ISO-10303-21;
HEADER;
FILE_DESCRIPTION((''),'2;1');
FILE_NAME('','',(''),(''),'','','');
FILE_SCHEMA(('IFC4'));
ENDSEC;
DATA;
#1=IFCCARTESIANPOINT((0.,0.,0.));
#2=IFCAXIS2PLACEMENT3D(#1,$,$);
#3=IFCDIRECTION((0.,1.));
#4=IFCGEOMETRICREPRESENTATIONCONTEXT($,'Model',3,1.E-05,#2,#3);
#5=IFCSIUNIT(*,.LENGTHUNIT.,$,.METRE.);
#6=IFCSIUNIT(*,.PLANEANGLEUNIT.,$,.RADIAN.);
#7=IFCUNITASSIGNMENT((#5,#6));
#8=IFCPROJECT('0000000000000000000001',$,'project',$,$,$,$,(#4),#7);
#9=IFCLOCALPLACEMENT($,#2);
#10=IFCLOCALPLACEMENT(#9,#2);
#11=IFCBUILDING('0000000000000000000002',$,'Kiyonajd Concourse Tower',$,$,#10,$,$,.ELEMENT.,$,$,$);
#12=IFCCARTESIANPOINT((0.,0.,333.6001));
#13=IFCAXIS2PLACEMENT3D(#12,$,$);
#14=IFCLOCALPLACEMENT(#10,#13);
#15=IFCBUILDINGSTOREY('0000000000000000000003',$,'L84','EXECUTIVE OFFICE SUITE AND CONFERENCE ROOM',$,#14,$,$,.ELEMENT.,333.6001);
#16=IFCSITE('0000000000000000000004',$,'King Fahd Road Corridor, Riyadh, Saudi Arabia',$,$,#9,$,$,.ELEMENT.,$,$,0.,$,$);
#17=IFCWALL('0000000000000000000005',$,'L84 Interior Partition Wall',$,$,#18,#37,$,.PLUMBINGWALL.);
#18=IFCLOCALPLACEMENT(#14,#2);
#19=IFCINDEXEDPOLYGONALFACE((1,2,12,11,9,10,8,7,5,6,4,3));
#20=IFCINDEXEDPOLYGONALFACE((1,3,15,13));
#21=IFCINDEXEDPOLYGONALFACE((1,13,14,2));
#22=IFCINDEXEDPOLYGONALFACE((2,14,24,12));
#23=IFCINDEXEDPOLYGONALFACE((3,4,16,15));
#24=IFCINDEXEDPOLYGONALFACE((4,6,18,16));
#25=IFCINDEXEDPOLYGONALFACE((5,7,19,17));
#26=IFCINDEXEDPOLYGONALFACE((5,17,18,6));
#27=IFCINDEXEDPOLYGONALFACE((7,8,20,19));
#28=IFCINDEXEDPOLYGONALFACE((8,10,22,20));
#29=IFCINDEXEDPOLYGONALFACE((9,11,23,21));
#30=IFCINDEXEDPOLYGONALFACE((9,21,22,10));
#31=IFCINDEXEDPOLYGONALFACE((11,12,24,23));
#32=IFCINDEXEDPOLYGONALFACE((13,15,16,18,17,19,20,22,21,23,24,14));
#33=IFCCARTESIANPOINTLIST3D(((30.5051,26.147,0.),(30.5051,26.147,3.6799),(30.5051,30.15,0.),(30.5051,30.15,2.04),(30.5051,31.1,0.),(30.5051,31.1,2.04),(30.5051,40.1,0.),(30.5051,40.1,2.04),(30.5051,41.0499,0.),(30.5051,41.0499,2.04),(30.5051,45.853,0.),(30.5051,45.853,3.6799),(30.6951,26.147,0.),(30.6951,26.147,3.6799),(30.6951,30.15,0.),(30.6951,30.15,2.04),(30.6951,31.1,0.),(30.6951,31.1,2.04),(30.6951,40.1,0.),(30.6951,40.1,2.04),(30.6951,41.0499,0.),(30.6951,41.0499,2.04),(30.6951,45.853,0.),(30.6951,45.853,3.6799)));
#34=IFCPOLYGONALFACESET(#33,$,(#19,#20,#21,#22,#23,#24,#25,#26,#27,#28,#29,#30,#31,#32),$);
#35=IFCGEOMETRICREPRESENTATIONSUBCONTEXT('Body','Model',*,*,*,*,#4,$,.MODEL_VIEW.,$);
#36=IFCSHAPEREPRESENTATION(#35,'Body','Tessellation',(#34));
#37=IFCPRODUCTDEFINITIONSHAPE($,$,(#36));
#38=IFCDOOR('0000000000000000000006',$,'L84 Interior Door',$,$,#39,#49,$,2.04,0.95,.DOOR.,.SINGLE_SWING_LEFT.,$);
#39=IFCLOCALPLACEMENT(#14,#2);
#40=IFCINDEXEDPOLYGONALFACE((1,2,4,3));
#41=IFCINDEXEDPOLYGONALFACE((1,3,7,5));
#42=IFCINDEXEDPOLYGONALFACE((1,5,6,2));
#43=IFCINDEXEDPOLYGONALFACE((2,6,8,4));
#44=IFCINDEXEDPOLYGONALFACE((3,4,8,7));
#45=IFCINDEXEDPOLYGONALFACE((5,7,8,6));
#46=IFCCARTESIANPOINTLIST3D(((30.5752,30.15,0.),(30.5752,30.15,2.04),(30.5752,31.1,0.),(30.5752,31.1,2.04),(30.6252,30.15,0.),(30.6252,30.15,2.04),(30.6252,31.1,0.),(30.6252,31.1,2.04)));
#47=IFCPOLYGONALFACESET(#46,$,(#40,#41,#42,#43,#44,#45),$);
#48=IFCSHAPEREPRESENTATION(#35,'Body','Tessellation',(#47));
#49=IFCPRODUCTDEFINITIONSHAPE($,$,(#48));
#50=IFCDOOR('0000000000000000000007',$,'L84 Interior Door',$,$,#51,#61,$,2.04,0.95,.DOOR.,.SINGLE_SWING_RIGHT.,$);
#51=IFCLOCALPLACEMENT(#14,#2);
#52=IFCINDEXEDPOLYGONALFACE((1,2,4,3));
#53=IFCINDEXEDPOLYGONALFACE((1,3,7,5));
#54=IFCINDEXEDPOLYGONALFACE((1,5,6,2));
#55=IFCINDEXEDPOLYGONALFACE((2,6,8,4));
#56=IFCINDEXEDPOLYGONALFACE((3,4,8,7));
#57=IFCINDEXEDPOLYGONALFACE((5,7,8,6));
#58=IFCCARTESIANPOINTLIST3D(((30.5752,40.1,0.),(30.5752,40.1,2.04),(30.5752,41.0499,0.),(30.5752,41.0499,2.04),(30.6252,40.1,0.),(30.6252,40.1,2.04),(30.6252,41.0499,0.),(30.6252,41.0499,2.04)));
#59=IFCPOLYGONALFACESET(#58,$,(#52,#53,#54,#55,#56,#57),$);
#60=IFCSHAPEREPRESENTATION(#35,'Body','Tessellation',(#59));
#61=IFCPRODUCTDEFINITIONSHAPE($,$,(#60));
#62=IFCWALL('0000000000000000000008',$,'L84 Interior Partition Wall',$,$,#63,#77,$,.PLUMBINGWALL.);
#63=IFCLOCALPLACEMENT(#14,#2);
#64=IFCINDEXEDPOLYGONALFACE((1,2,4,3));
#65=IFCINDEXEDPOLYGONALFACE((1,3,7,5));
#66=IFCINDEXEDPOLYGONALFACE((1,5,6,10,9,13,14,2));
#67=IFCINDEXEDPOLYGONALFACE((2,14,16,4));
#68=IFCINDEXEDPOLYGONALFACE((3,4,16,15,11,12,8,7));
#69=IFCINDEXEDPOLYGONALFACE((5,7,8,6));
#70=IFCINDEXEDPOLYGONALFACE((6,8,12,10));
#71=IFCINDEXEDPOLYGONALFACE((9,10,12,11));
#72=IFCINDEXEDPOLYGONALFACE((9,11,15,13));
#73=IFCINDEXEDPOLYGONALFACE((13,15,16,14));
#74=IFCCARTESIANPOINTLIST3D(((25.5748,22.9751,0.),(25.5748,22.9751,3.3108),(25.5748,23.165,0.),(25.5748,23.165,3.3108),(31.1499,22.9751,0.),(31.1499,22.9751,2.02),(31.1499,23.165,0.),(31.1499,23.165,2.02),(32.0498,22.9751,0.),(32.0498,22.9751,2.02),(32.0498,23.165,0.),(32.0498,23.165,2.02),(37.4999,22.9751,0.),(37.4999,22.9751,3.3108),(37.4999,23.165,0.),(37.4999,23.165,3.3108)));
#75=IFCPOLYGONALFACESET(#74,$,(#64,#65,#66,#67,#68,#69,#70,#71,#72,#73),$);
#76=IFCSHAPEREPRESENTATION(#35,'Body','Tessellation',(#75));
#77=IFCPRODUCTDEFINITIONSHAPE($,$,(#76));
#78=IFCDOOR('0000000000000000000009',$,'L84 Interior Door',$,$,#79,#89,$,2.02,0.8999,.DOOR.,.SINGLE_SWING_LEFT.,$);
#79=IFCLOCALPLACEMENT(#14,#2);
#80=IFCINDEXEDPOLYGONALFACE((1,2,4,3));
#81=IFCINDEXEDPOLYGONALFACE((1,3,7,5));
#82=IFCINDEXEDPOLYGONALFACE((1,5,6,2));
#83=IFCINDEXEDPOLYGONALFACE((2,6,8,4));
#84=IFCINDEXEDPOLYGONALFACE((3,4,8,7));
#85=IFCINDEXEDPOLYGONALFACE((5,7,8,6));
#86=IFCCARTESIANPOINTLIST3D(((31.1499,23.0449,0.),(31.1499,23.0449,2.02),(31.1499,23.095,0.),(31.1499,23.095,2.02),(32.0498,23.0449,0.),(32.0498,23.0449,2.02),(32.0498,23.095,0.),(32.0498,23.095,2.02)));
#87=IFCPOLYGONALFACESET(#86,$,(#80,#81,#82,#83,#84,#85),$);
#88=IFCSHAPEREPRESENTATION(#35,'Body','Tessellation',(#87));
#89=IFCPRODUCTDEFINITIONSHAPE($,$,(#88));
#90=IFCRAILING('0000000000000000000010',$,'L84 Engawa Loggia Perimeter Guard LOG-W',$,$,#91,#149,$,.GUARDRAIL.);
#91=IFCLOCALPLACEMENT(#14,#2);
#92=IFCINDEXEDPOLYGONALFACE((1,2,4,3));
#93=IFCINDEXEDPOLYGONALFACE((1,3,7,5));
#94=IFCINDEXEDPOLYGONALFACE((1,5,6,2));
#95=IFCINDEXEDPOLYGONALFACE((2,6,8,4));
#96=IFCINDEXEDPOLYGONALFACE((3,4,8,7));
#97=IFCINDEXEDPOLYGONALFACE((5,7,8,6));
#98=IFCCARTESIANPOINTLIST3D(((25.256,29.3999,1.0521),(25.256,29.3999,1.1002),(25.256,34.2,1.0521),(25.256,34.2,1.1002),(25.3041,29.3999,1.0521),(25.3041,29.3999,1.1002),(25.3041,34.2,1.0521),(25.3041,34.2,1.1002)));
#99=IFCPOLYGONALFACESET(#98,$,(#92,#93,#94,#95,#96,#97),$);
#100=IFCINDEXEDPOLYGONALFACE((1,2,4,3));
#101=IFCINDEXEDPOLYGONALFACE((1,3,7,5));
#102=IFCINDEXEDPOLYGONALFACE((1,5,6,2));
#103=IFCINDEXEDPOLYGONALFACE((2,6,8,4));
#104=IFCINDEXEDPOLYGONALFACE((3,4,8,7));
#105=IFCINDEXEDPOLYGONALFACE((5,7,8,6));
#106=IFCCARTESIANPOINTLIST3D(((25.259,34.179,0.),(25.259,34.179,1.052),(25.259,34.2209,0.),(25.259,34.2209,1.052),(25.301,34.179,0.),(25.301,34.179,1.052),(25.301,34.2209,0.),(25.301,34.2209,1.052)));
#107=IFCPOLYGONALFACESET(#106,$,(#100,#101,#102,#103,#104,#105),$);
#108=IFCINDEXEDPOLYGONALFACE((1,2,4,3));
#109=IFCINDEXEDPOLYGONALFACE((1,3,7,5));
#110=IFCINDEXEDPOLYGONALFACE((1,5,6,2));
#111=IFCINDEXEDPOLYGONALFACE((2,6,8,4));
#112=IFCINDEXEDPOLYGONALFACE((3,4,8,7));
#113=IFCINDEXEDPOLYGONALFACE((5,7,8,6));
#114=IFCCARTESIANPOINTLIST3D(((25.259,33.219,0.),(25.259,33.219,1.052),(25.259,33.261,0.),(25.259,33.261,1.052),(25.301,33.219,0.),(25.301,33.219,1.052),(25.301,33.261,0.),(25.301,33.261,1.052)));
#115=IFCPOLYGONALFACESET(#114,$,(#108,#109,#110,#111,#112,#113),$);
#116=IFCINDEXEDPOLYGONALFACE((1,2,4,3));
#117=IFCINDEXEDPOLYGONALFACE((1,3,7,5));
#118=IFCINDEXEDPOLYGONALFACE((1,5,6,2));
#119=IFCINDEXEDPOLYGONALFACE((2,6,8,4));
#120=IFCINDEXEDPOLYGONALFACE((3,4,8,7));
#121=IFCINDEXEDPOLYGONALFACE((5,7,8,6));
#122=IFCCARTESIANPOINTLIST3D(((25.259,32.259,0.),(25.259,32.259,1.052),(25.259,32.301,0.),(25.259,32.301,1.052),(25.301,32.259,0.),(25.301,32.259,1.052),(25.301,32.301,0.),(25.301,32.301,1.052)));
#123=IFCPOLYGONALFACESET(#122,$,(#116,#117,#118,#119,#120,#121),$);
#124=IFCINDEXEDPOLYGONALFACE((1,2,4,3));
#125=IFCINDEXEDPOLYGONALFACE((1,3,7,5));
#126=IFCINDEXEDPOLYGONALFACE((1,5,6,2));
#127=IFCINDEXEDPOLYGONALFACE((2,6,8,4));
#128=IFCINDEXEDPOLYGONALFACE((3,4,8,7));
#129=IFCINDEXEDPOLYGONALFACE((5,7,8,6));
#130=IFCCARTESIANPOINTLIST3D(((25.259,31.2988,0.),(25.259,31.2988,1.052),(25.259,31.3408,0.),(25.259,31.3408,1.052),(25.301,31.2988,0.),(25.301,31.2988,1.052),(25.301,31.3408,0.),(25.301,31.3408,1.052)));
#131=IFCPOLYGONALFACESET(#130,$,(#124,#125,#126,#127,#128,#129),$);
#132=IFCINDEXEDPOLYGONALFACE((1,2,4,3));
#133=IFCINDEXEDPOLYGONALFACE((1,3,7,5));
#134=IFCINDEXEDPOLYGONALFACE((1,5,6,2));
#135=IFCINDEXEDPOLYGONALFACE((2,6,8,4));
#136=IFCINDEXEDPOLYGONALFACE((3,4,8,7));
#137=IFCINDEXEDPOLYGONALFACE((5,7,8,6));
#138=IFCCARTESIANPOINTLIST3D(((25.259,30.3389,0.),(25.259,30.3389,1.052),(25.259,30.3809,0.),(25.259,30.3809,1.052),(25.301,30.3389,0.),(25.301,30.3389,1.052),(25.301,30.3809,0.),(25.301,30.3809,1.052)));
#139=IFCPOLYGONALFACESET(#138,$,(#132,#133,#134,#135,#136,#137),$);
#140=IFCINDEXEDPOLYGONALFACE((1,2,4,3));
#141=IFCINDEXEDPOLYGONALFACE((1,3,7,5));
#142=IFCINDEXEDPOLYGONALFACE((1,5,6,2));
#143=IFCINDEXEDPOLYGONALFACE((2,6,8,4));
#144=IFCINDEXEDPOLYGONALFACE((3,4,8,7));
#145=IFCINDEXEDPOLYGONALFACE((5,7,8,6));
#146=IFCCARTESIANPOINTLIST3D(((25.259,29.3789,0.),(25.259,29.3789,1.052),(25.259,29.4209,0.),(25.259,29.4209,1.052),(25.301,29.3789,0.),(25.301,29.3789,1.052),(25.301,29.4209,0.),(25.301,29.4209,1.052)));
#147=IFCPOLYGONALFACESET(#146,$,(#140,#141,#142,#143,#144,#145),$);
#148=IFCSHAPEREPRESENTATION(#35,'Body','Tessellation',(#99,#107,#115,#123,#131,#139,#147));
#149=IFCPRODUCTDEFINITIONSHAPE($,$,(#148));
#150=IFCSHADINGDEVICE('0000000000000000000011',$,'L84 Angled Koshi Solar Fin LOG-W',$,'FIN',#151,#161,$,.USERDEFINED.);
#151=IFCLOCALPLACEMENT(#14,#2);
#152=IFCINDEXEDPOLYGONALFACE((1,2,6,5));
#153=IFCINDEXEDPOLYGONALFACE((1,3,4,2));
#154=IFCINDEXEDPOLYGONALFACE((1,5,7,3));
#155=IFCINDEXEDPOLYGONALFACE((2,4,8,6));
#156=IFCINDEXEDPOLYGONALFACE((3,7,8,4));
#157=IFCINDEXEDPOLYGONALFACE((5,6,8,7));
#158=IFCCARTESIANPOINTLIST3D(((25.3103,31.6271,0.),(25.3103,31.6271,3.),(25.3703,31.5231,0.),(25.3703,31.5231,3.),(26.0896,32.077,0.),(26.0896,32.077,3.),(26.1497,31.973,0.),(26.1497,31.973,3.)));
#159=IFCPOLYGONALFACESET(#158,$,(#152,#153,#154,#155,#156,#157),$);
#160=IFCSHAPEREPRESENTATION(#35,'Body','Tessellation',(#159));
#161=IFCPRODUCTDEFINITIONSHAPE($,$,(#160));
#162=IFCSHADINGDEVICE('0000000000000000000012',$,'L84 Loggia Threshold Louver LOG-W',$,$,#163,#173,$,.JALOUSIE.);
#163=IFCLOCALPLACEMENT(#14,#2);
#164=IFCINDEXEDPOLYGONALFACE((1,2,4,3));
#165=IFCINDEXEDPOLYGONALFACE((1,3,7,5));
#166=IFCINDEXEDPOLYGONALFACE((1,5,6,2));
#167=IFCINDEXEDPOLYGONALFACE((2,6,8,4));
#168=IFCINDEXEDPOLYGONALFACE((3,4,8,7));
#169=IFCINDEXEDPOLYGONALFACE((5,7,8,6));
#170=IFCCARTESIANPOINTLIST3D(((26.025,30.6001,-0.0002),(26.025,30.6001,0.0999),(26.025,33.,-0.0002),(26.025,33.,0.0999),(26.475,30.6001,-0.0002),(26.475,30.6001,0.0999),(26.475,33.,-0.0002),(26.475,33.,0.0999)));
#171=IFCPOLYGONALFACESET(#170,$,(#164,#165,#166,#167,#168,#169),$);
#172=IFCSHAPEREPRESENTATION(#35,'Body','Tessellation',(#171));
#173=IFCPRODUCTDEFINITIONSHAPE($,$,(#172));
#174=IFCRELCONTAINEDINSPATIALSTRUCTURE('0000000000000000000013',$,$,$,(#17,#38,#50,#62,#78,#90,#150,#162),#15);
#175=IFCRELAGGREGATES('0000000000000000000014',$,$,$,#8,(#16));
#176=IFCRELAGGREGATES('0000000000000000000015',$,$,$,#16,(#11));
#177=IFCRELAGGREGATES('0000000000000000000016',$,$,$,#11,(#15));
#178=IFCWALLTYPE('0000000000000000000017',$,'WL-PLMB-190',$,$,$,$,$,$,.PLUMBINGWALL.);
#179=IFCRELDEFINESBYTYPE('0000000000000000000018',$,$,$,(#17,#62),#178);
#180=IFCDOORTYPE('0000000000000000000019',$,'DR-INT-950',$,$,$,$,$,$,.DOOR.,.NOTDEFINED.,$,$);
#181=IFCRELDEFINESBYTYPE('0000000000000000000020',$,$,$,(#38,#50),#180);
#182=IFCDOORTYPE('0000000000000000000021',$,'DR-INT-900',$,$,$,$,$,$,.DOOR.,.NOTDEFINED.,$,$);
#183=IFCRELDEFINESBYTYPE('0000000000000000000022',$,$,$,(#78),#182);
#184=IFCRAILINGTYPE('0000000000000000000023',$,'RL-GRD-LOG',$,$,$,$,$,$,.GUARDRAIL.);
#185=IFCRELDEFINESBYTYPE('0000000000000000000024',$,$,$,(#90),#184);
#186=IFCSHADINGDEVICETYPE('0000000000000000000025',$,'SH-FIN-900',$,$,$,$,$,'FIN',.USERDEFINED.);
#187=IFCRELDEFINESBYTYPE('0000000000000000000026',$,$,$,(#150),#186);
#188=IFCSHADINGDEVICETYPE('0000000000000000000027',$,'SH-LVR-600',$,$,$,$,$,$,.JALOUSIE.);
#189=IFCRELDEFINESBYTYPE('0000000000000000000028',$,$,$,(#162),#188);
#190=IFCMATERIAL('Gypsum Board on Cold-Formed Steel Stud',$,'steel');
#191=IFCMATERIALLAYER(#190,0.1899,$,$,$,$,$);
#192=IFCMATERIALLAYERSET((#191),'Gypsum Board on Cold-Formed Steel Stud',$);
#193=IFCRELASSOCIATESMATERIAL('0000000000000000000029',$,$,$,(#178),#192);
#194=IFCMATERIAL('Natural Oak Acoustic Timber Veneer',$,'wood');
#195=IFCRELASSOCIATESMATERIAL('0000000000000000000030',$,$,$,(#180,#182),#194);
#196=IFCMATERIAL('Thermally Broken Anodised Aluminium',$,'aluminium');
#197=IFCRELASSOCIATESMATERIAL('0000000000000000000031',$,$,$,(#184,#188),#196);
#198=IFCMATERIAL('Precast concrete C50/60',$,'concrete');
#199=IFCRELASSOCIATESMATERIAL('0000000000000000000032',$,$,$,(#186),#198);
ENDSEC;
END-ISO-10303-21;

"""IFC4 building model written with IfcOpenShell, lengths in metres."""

from ifc_helpers import new_model, si_unit, direction, frame, frame_2d, origin, origin_2d, place, context, subcontext, project, spatial, rectangle, extrude, material, layer, layer_set, type_object, element, fill, save


model = new_model("IFC4")

# Units and contexts
model_context = context("Model", 3, precision=1e-05, world=origin(), true_north=direction((0.0, 1.0)))
body_context = subcontext(model_context, "Body", "Model", "MODEL_VIEW")
ifc_project = project(units=[si_unit("LENGTHUNIT", "METRE"), si_unit("PLANEANGLEUNIT", "RADIAN")], contexts=[model_context])

# Site, building, storey
site_placement = place(None, origin())
site = spatial("IfcSite", under=ifc_project, at=site_placement, Name="King Fahd Road Corridor, Riyadh, Saudi Arabia", CompositionType="ELEMENT", RefElevation=0.0)
building_placement = place(site_placement, origin())
building = spatial("IfcBuilding", under=site, at=building_placement, Name="Kiyonajd Concourse Tower", CompositionType="ELEMENT")
storey_placement = place(building_placement, frame((0.0, 0.0, 333.6001)))
storey = spatial("IfcBuildingStorey", under=building, at=storey_placement, Name="L84", Description="EXECUTIVE OFFICE SUITE AND CONFERENCE ROOM", CompositionType="ELEMENT", Elevation=333.6001)

# Shared definitions
ifc_material_1 = material(Name="Thermally Broken Anodised Aluminium", Category="aluminium")

# Shared definitions
ifc_material_2 = material(Name="Precast concrete C50/60", Category="concrete")

# Wall, openings, doors
ifc_material_3 = material(Name="Gypsum Board on Cold-Formed Steel Stud", Category="steel")
ifc_layer_1 = layer(ifc_material_3, 0.1899)
ifc_layer_set_1 = layer_set([ifc_layer_1], Name="Gypsum Board on Cold-Formed Steel Stud")
wall_type_1 = type_object("IfcWallType", Name="WL-PLMB-190", PredefinedType="PLUMBINGWALL", material=ifc_layer_set_1)
wall_1_placement = place(storey_placement, frame((30.6001, 26.147, 0.0), z_axis=(0.0, 0.0, 1.0), x_axis=(0.0, 1.0, 0.0)))
wall_1 = element("IfcWall", 1, at=wall_1_placement, inside=storey, type_object=wall_type_1, Name="L84 Interior Partition Wall", PredefinedType="PLUMBINGWALL", context=body_context, shape_type="SweptSolid", body=[
    extrude(rectangle(XDim=19.7061, YDim=0.1899, at=frame_2d((9.853, 0.0))), origin(), (0.0, 0.0, 1.0), 3.6799),
])
opening_1_placement = place(wall_1_placement, frame((4.0029, 0.0, 0.0)))
opening_1 = element("IfcOpeningElement", 2, at=opening_1_placement, cuts=wall_1, PredefinedType="OPENING", context=body_context, shape_type="SweptSolid", body=[
    extrude(rectangle(XDim=0.95, YDim=2.04, at=frame_2d((0.4751, 1.02))), frame((0.0, 0.105, 0.0), z_axis=(0.0, -1.0, 0.0), x_axis=(1.0, 0.0, 0.0)), (0.0, 0.0, 1.0), 0.21),
])
opening_2_placement = place(wall_1_placement, frame((13.9529, 0.0, 0.0)))
opening_2 = element("IfcOpeningElement", 3, at=opening_2_placement, cuts=wall_1, PredefinedType="OPENING", context=body_context, shape_type="SweptSolid", body=[
    extrude(rectangle(XDim=0.95, YDim=2.04, at=frame_2d((0.4751, 1.02))), frame((0.0, 0.105, 0.0), z_axis=(0.0, -1.0, 0.0), x_axis=(1.0, 0.0, 0.0)), (0.0, 0.0, 1.0), 0.21),
])
ifc_material_4 = material(Name="Natural Oak Acoustic Timber Veneer", Category="wood")
door_type_1 = type_object("IfcDoorType", Name="DR-INT-950", OperationType="NOTDEFINED", PredefinedType="DOOR", material=ifc_material_4)
door_1_placement = place(opening_1_placement, origin())
door_1 = element("IfcDoor", 4, at=door_1_placement, inside=storey, type_object=door_type_1, Name="L84 Interior Door", OperationType="SINGLE_SWING_LEFT", OverallHeight=2.04, OverallWidth=0.95, PredefinedType="DOOR", context=body_context, shape_type="SweptSolid", body=[
    extrude(rectangle(XDim=0.95, YDim=2.04, at=frame_2d((0.4751, 1.02))), frame((0.0, 0.0249, 0.0), z_axis=(0.0, -1.0, 0.0), x_axis=(1.0, 0.0, 0.0)), (0.0, 0.0, 1.0), 0.05),
])
fill(opening_1, door_1)
door_2_placement = place(opening_2_placement, origin())
door_2 = element("IfcDoor", 5, at=door_2_placement, inside=storey, type_object=door_type_1, Name="L84 Interior Door", OperationType="SINGLE_SWING_RIGHT", OverallHeight=2.04, OverallWidth=0.95, PredefinedType="DOOR", context=body_context, shape_type="SweptSolid", body=[
    extrude(rectangle(XDim=0.95, YDim=2.04, at=frame_2d((0.4751, 1.02))), frame((0.0, 0.0249, 0.0), z_axis=(0.0, -1.0, 0.0), x_axis=(1.0, 0.0, 0.0)), (0.0, 0.0, 1.0), 0.05),
])
fill(opening_2, door_2)

# Wall, opening, door
wall_2_placement = place(storey_placement, frame((25.575, 23.0701, 0.0), z_axis=(0.0, 0.0, 1.0), x_axis=(1.0, 0.0, 0.0)))
wall_2 = element("IfcWall", 6, at=wall_2_placement, inside=storey, type_object=wall_type_1, Name="L84 Interior Partition Wall", PredefinedType="PLUMBINGWALL", context=body_context, shape_type="SweptSolid", body=[
    extrude(rectangle(XDim=11.925, YDim=0.1899, at=frame_2d((5.9624, 0.0))), origin(), (0.0, 0.0, 1.0), 3.3108),
])
opening_3_placement = place(wall_2_placement, frame((5.575, 0.0, 0.0)))
opening_3 = element("IfcOpeningElement", 7, at=opening_3_placement, cuts=wall_2, PredefinedType="OPENING", context=body_context, shape_type="SweptSolid", body=[
    extrude(rectangle(XDim=0.8999, YDim=2.02, at=frame_2d((0.45, 1.01))), frame((0.0, 0.105, 0.0), z_axis=(0.0, -1.0, 0.0), x_axis=(1.0, 0.0, 0.0)), (0.0, 0.0, 1.0), 0.21),
])
door_type_2 = type_object("IfcDoorType", Name="DR-INT-900", OperationType="NOTDEFINED", PredefinedType="DOOR", material=ifc_material_4)
door_3_placement = place(opening_3_placement, origin())
door_3 = element("IfcDoor", 8, at=door_3_placement, inside=storey, type_object=door_type_2, Name="L84 Interior Door", OperationType="SINGLE_SWING_LEFT", OverallHeight=2.02, OverallWidth=0.8999, PredefinedType="DOOR", context=body_context, shape_type="SweptSolid", body=[
    extrude(rectangle(XDim=0.8999, YDim=2.02, at=frame_2d((0.45, 1.01))), frame((0.0, 0.0249, 0.0), z_axis=(0.0, -1.0, 0.0), x_axis=(1.0, 0.0, 0.0)), (0.0, 0.0, 1.0), 0.05),
])
fill(opening_3, door_3)

# Railing
railing_type = type_object("IfcRailingType", Name="RL-GRD-LOG", PredefinedType="GUARDRAIL", material=ifc_material_1)
railing_placement = place(storey_placement, frame((25.28, 34.2, 0.0)))
element("IfcRailing", 9, at=railing_placement, inside=storey, type_object=railing_type, Name="L84 Engawa Loggia Perimeter Guard LOG-W", PredefinedType="GUARDRAIL", context=body_context, shape_type="SweptSolid", body=[
    extrude(rectangle(XDim=0.0481, YDim=0.0481, at=origin_2d()), frame((0.0, 0.0, 1.0762), z_axis=(0.0, -1.0, 0.0), x_axis=(1.0, 0.0, 0.0)), (0.0, 0.0, 1.0), 4.8),
    extrude(rectangle(XDim=0.042, YDim=0.042, at=origin_2d()), origin(), (0.0, 0.0, 1.0), 1.052),
    extrude(rectangle(XDim=0.042, YDim=0.042, at=origin_2d()), frame((0.0, -0.96, 0.0)), (0.0, 0.0, 1.0), 1.052),
    extrude(rectangle(XDim=0.042, YDim=0.042, at=origin_2d()), frame((0.0, -1.9199, 0.0)), (0.0, 0.0, 1.0), 1.052),
    extrude(rectangle(XDim=0.042, YDim=0.042, at=origin_2d()), frame((0.0, -2.8801, 0.0)), (0.0, 0.0, 1.0), 1.052),
    extrude(rectangle(XDim=0.042, YDim=0.042, at=origin_2d()), frame((0.0, -3.8401, 0.0)), (0.0, 0.0, 1.0), 1.052),
    extrude(rectangle(XDim=0.042, YDim=0.042, at=origin_2d()), frame((0.0, -4.8, 0.0)), (0.0, 0.0, 1.0), 1.052),
])

# Shading devices
shading_device_type_1 = type_object("IfcShadingDeviceType", Name="SH-FIN-900", ElementType="FIN", PredefinedType="USERDEFINED", material=ifc_material_2)
shading_device_1_placement = place(storey_placement, frame((25.73, 31.8, 0.0), z_axis=(0.0, 0.0, 1.0), x_axis=(0.866025, 0.5, 0.0)))
element("IfcShadingDevice", 10, at=shading_device_1_placement, inside=storey, type_object=shading_device_type_1, Name="L84 Angled Koshi Solar Fin LOG-W", ObjectType="FIN", PredefinedType="USERDEFINED", context=body_context, shape_type="SweptSolid", body=[
    extrude(rectangle(XDim=0.8999, YDim=0.1201, at=origin_2d()), origin(), (0.0, 0.0, 1.0), 3.0),
])
shading_device_type_2 = type_object("IfcShadingDeviceType", Name="SH-LVR-600", PredefinedType="JALOUSIE", material=ifc_material_1)
shading_device_2_placement = place(storey_placement, frame((26.25, 31.8, -0.0002), z_axis=(0.0, 0.0, 1.0), x_axis=(0.0, 1.0, 0.0)))
element("IfcShadingDevice", 11, at=shading_device_2_placement, inside=storey, type_object=shading_device_type_2, Name="L84 Loggia Threshold Louver LOG-W", PredefinedType="JALOUSIE", context=body_context, shape_type="SweptSolid", body=[
    extrude(rectangle(XDim=2.3999, YDim=0.45, at=origin_2d()), origin(), (0.0, 0.0, 1.0), 0.1001),
])

save(model, "model.ifc")
